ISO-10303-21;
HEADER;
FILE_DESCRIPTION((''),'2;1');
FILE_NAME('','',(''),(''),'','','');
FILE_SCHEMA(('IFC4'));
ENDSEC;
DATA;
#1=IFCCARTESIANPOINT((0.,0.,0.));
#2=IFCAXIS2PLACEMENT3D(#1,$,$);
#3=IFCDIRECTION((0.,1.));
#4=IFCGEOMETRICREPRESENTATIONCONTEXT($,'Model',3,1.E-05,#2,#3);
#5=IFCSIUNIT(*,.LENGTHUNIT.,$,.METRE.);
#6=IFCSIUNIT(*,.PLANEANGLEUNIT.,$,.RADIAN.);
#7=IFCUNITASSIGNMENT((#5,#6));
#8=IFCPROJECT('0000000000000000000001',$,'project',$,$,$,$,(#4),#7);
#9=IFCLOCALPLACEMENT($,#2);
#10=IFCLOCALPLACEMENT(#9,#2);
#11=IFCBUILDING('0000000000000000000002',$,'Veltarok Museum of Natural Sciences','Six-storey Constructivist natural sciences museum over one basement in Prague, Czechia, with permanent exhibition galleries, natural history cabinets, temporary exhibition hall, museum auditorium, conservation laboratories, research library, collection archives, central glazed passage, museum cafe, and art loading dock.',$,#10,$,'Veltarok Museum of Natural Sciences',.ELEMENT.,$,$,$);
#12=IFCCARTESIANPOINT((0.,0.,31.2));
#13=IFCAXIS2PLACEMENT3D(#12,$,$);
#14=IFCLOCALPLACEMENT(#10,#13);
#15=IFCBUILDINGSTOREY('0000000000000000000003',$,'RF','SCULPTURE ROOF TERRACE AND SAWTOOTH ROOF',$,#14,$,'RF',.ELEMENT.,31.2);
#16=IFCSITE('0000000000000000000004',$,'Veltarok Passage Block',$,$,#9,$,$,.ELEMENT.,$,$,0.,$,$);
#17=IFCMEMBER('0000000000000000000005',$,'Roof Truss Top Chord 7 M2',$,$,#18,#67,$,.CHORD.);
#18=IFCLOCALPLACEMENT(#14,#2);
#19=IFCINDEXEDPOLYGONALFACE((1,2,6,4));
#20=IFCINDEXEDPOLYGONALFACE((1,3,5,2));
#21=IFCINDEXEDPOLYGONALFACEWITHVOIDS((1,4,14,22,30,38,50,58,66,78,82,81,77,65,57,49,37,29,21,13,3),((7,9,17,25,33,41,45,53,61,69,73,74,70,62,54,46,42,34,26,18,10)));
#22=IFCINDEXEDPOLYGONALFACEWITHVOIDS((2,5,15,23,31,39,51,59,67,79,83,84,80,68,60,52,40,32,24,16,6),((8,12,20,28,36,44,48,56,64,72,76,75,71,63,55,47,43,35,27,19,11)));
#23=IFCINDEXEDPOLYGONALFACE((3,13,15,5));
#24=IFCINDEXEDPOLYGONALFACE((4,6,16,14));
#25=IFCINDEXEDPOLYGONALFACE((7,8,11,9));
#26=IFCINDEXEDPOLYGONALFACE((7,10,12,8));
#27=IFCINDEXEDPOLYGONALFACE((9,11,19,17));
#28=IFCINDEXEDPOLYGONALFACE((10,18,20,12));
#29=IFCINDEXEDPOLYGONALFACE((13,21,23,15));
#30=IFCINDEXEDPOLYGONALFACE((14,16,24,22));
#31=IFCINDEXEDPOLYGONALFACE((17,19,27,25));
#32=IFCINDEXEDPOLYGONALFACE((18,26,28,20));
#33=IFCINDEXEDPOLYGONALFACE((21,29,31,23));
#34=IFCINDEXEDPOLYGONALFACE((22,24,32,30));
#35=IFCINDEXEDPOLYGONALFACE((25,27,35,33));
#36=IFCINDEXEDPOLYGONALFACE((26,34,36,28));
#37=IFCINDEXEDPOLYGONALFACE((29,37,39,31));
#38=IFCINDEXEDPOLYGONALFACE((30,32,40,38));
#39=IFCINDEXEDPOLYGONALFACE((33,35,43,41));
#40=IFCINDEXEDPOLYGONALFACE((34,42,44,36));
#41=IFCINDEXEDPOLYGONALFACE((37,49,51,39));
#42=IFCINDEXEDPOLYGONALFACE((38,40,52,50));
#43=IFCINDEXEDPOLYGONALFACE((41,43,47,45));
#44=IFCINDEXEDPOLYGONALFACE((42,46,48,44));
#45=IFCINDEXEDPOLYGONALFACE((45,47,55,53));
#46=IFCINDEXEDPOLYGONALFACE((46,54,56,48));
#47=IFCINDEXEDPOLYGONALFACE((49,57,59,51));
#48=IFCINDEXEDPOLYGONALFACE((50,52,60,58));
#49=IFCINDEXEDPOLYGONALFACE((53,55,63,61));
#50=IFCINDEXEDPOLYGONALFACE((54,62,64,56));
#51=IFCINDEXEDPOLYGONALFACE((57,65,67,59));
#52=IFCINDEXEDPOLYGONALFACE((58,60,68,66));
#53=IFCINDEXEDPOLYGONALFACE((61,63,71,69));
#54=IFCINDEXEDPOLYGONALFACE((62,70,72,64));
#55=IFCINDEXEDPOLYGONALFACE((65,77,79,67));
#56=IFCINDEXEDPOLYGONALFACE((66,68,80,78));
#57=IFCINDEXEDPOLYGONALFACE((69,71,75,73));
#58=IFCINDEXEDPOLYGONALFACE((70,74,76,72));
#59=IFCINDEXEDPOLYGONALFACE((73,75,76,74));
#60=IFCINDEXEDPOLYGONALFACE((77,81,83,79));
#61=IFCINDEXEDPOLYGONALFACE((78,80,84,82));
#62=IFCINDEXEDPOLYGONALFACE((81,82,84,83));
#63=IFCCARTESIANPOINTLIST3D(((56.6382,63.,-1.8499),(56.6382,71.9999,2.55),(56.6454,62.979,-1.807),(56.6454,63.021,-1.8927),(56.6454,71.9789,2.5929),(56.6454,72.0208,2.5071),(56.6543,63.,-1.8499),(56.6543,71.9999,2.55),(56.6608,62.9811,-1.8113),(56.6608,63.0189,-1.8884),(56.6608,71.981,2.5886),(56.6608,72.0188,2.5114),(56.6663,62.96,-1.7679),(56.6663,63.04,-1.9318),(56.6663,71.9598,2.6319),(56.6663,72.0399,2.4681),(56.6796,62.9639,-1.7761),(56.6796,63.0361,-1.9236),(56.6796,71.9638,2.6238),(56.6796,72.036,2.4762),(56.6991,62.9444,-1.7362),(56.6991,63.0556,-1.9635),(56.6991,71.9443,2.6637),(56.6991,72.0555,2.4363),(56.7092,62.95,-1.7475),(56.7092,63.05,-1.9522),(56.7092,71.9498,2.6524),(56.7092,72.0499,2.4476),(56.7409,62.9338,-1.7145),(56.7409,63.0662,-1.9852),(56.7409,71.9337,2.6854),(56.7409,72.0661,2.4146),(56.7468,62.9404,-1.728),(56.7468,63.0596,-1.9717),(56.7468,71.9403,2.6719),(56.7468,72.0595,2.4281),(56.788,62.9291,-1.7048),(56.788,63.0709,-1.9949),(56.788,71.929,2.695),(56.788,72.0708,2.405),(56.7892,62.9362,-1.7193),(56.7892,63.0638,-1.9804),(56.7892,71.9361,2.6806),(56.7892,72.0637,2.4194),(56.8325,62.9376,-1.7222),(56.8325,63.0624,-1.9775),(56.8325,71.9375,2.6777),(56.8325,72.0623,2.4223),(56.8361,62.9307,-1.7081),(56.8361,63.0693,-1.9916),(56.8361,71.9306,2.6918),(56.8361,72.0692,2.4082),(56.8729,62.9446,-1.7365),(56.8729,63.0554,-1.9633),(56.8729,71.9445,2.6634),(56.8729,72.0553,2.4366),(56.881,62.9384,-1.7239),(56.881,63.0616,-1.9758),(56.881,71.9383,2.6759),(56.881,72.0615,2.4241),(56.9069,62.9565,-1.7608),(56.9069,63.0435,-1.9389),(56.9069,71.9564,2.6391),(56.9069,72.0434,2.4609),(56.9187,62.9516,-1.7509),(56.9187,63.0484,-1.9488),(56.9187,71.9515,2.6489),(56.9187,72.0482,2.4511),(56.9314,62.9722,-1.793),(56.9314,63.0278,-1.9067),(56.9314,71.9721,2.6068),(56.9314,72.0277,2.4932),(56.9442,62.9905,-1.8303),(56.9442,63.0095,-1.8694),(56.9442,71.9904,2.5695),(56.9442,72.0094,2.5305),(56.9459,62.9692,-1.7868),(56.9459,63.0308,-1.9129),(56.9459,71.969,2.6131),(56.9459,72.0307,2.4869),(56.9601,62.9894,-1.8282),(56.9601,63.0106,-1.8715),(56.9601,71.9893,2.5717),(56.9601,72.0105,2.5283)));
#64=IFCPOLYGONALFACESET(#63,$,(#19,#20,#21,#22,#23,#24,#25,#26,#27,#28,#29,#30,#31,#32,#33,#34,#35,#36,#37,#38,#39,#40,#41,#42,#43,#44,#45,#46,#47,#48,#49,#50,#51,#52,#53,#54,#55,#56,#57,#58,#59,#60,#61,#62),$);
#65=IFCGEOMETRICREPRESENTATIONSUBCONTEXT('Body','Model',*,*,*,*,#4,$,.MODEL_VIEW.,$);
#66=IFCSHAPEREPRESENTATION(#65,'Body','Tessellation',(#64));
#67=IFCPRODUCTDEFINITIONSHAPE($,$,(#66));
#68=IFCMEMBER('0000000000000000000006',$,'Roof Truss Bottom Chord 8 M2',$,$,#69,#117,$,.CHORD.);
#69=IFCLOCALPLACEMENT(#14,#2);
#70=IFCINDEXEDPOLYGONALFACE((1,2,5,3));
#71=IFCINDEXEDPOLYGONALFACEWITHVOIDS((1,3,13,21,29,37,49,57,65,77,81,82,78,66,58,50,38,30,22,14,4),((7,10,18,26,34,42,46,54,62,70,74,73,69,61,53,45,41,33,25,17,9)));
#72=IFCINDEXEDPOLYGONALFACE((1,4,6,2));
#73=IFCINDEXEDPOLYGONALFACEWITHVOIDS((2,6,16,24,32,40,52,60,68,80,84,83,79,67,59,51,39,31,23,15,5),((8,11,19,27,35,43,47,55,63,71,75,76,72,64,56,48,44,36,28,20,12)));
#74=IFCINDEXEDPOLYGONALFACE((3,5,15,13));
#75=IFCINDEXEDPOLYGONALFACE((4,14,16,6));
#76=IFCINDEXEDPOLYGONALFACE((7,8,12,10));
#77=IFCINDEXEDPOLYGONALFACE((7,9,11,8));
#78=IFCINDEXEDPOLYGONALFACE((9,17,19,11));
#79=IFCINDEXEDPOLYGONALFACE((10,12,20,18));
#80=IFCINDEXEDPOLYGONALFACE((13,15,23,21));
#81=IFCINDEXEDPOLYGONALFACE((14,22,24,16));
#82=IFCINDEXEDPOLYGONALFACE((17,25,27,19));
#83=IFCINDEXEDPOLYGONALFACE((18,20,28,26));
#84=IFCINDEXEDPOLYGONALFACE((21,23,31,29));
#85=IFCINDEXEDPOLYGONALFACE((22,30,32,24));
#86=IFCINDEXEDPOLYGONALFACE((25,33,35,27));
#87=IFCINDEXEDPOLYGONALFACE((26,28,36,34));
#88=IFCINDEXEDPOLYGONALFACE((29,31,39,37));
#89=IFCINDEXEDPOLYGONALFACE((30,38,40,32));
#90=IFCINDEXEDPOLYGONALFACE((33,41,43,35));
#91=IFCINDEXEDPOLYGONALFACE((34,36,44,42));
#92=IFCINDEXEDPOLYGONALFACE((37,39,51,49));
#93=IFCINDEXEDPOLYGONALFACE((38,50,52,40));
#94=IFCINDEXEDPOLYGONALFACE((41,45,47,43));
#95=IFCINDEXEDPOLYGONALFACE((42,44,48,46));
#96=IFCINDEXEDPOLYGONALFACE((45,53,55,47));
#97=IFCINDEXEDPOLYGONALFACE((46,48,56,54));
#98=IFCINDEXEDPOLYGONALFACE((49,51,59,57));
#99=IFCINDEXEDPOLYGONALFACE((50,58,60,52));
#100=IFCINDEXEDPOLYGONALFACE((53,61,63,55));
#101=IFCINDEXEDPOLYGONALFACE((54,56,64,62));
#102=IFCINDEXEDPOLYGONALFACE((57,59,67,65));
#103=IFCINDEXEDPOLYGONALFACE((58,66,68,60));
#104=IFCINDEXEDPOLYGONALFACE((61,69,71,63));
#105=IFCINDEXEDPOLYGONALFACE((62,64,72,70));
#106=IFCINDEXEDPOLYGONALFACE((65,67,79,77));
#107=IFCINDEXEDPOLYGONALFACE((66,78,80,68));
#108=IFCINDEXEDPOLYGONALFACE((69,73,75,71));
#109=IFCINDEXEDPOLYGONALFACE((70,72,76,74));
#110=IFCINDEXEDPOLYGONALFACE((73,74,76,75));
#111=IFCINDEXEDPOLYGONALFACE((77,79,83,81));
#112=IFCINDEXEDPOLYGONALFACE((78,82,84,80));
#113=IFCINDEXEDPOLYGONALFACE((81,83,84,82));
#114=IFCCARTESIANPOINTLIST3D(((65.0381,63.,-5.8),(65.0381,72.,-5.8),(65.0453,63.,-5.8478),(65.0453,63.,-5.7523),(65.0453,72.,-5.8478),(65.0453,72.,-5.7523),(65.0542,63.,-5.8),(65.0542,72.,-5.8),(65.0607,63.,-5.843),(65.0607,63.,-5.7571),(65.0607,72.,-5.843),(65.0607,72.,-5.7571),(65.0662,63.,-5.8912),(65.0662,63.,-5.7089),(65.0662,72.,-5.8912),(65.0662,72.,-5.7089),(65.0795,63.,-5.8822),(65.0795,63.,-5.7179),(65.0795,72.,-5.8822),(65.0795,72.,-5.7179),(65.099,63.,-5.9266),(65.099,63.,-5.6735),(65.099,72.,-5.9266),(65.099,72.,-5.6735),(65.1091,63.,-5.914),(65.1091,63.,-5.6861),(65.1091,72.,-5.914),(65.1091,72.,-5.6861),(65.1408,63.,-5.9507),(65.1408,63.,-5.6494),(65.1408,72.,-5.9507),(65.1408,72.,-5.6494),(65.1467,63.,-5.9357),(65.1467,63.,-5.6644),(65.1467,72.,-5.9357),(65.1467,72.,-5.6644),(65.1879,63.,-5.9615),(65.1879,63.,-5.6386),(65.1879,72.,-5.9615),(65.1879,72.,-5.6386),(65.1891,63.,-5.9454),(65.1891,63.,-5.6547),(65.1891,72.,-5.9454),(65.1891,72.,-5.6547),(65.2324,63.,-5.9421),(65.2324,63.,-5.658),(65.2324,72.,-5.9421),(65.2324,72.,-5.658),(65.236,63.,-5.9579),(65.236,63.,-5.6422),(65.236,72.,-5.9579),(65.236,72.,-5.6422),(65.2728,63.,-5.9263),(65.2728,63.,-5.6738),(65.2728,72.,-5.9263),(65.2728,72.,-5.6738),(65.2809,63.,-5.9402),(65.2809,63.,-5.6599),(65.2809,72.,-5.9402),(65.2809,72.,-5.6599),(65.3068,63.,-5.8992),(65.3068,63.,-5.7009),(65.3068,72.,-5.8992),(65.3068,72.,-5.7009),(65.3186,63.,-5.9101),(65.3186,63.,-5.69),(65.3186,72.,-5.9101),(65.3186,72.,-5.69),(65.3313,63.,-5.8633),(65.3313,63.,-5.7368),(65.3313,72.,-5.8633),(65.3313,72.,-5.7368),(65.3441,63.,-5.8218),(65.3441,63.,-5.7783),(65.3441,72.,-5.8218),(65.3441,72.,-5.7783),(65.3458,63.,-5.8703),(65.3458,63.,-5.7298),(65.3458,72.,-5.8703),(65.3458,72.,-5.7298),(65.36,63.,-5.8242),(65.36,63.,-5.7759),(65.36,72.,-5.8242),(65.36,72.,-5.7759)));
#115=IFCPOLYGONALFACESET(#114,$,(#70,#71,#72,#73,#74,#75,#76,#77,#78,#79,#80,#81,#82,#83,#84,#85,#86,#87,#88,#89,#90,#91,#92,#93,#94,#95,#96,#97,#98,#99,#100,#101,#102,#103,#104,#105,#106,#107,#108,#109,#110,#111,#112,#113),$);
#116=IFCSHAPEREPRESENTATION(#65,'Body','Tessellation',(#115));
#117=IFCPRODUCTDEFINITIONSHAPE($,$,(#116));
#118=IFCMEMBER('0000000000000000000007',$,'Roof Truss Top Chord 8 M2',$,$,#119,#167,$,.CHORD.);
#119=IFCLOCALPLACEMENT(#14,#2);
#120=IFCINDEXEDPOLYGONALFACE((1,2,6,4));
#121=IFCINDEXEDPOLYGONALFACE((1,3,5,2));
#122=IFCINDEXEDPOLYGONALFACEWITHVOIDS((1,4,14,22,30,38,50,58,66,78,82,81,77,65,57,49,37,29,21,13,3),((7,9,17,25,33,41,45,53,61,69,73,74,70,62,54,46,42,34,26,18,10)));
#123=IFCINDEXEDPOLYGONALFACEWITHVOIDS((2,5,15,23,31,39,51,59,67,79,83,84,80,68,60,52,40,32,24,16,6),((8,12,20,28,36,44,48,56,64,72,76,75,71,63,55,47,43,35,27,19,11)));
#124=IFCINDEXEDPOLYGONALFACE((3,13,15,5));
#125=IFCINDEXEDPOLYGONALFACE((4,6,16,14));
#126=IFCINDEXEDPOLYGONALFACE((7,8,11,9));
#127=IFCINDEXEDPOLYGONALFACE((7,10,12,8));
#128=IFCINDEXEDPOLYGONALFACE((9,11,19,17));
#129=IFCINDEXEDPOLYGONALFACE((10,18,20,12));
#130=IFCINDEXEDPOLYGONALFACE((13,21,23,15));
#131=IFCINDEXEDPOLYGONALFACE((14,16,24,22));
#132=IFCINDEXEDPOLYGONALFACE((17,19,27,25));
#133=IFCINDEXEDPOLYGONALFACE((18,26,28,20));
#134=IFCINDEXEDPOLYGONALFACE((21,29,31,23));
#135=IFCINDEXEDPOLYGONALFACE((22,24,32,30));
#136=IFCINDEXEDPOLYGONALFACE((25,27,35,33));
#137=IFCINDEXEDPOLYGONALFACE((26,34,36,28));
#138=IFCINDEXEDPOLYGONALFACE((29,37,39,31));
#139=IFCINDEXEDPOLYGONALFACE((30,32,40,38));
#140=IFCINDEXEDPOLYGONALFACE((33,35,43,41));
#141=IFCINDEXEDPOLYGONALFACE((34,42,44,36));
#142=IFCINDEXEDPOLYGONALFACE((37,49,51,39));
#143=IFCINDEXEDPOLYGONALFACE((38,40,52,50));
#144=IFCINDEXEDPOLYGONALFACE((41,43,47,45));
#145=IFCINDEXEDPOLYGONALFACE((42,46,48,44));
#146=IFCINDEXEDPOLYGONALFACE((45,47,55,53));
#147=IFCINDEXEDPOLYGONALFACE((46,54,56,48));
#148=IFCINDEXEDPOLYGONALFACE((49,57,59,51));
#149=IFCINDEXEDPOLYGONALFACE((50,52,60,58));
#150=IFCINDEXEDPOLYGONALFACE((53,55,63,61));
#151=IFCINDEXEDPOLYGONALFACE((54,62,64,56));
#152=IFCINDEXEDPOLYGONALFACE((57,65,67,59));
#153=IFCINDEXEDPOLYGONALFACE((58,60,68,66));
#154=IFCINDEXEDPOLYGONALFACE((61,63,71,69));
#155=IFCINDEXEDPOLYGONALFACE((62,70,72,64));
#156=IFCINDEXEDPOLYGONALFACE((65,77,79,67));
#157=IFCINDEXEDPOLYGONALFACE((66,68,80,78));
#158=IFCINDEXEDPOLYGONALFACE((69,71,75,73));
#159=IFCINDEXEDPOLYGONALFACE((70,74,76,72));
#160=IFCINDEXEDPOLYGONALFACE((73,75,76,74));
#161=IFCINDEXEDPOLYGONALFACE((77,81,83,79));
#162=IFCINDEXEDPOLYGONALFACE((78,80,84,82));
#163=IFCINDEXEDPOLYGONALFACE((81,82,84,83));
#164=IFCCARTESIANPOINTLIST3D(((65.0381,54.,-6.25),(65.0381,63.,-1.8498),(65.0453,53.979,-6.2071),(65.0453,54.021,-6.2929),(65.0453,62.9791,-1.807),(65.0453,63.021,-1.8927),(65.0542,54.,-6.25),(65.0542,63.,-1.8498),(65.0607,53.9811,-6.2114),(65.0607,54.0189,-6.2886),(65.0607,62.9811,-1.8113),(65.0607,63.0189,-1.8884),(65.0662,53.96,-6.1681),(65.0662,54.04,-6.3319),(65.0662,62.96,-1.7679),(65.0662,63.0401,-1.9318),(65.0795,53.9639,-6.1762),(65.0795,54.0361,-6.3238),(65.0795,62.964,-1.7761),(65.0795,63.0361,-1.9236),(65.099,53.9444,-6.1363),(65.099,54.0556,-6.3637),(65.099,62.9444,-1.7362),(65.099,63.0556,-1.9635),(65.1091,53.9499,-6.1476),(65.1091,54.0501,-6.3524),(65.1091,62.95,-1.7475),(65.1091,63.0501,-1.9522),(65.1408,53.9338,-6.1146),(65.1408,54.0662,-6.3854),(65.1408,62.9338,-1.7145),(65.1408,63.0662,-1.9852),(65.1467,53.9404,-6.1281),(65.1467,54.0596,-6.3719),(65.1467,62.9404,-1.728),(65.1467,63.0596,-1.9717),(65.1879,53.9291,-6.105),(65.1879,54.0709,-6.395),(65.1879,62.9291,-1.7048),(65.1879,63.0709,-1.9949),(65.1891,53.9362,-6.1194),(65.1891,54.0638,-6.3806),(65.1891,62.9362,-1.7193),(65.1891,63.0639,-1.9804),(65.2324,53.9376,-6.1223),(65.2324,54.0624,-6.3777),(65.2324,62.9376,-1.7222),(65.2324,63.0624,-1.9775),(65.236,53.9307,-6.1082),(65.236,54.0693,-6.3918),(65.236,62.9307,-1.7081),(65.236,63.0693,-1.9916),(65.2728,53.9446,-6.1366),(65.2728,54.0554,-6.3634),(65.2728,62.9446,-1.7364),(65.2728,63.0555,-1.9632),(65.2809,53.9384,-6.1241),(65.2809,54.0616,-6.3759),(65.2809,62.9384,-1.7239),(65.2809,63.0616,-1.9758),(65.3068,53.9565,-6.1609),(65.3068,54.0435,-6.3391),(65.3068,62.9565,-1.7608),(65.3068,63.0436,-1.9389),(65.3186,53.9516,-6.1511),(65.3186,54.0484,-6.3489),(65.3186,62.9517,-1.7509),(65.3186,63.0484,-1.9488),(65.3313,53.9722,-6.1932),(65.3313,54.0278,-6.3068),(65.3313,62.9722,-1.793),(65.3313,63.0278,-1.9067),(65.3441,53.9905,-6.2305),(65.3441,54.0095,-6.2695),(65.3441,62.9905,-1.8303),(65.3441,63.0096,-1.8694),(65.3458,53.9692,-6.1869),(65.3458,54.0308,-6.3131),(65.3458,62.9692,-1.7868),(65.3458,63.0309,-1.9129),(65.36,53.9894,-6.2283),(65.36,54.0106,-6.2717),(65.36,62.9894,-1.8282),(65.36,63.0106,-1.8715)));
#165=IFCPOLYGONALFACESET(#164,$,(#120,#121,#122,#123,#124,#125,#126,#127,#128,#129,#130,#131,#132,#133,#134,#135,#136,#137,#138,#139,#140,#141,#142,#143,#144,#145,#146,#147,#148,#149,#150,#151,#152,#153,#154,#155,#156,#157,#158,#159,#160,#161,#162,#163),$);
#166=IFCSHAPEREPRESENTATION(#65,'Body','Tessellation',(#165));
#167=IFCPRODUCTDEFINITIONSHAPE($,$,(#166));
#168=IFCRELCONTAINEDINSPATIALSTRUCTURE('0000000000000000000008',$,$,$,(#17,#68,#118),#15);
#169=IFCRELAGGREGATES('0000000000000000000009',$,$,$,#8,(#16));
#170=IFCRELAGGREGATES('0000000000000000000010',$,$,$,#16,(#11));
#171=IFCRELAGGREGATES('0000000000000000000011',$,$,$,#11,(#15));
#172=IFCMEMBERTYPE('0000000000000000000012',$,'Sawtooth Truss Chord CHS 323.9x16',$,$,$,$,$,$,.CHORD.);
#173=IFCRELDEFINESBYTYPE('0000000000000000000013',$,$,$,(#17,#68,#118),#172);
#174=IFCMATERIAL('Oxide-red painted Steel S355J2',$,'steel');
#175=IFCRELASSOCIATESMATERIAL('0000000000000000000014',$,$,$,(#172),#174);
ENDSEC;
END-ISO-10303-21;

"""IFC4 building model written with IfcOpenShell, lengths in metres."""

from ifc_helpers import new_model, si_unit, direction, frame, origin, origin_2d, place, context, subcontext, project, spatial, hollow_circle, extrude, material, material_profile, profile_set, type_object, element, save


model = new_model("IFC4")

# Units and contexts
model_context = context("Model", 3, precision=1e-05, world=origin(), true_north=direction((0.0, 1.0)))
body_context = subcontext(model_context, "Body", "Model", "MODEL_VIEW")
ifc_project = project(units=[si_unit("LENGTHUNIT", "METRE"), si_unit("PLANEANGLEUNIT", "RADIAN")], contexts=[model_context])

# Site, building, storey
site_placement = place(None, origin())
site = spatial("IfcSite", under=ifc_project, at=site_placement, Name="Veltarok Passage Block", CompositionType="ELEMENT", RefElevation=0.0)
building_placement = place(site_placement, origin())
building = spatial("IfcBuilding", under=site, at=building_placement, Name="Veltarok Museum of Natural Sciences", Description="Six-storey Constructivist natural sciences museum over one basement in Prague, Czechia, with permanent exhibition galleries, natural history cabinets, temporary exhibition hall, museum auditorium, conservation laboratories, research library, collection archives, central glazed passage, museum cafe, and art loading dock.", LongName="Veltarok Museum of Natural Sciences", CompositionType="ELEMENT")
storey_placement = place(building_placement, frame((0.0, 0.0, 31.2)))
storey = spatial("IfcBuildingStorey", under=building, at=storey_placement, Name="RF", Description="SCULPTURE ROOF TERRACE AND SAWTOOTH ROOF", LongName="RF", CompositionType="ELEMENT", Elevation=31.2)

# Members
ifc_material_1 = material(Name="Oxide-red painted Steel S355J2", Category="steel")
ifc_material_profile_1 = material_profile(ifc_material_1, hollow_circle(Radius=0.1619, WallThickness=0.0161, at=origin_2d()), Name="CHS 323.9x16")
ifc_profile_set_1 = profile_set([ifc_material_profile_1], Name="Oxide-red painted Steel S355J2")
member_type_1 = type_object("IfcMemberType", Name="Sawtooth Truss Chord CHS 323.9x16", PredefinedType="CHORD", material=ifc_profile_set_1)
member_1_placement = place(storey_placement, frame((56.8, 63.0, -1.8499), z_axis=(0.0, 0.898388, 0.439202), x_axis=(-1.0, 0.0, 0.0)))
element("IfcMember", 1, at=member_1_placement, inside=storey, type_object=member_type_1, Name="Roof Truss Top Chord 7 M2", PredefinedType="CHORD", context=body_context, shape_type="SweptSolid", body=[
    extrude(hollow_circle(Radius=0.1619, WallThickness=0.0161, at=origin_2d()), origin(), (0.0, 0.0, 1.0), 10.0178),
])
member_2_placement = place(storey_placement, frame((65.2, 63.0, -5.8), z_axis=(0.0, 1.0, 0.0), x_axis=(-1.0, 0.0, 0.0)))
element("IfcMember", 2, at=member_2_placement, inside=storey, type_object=member_type_1, Name="Roof Truss Bottom Chord 8 M2", PredefinedType="CHORD", context=body_context, shape_type="SweptSolid", body=[
    extrude(hollow_circle(Radius=0.1619, WallThickness=0.0161, at=origin_2d()), origin(), (0.0, 0.0, 1.0), 9.0),
])
member_3_placement = place(storey_placement, frame((65.2, 54.0, -6.25), z_axis=(0.0, 0.898379, 0.439222), x_axis=(-1.0, 0.0, 0.0)))
element("IfcMember", 3, at=member_3_placement, inside=storey, type_object=member_type_1, Name="Roof Truss Top Chord 8 M2", PredefinedType="CHORD", context=body_context, shape_type="SweptSolid", body=[
    extrude(hollow_circle(Radius=0.1619, WallThickness=0.0161, at=origin_2d()), origin(), (0.0, 0.0, 1.0), 10.0181),
])

save(model, "model.ifc")
